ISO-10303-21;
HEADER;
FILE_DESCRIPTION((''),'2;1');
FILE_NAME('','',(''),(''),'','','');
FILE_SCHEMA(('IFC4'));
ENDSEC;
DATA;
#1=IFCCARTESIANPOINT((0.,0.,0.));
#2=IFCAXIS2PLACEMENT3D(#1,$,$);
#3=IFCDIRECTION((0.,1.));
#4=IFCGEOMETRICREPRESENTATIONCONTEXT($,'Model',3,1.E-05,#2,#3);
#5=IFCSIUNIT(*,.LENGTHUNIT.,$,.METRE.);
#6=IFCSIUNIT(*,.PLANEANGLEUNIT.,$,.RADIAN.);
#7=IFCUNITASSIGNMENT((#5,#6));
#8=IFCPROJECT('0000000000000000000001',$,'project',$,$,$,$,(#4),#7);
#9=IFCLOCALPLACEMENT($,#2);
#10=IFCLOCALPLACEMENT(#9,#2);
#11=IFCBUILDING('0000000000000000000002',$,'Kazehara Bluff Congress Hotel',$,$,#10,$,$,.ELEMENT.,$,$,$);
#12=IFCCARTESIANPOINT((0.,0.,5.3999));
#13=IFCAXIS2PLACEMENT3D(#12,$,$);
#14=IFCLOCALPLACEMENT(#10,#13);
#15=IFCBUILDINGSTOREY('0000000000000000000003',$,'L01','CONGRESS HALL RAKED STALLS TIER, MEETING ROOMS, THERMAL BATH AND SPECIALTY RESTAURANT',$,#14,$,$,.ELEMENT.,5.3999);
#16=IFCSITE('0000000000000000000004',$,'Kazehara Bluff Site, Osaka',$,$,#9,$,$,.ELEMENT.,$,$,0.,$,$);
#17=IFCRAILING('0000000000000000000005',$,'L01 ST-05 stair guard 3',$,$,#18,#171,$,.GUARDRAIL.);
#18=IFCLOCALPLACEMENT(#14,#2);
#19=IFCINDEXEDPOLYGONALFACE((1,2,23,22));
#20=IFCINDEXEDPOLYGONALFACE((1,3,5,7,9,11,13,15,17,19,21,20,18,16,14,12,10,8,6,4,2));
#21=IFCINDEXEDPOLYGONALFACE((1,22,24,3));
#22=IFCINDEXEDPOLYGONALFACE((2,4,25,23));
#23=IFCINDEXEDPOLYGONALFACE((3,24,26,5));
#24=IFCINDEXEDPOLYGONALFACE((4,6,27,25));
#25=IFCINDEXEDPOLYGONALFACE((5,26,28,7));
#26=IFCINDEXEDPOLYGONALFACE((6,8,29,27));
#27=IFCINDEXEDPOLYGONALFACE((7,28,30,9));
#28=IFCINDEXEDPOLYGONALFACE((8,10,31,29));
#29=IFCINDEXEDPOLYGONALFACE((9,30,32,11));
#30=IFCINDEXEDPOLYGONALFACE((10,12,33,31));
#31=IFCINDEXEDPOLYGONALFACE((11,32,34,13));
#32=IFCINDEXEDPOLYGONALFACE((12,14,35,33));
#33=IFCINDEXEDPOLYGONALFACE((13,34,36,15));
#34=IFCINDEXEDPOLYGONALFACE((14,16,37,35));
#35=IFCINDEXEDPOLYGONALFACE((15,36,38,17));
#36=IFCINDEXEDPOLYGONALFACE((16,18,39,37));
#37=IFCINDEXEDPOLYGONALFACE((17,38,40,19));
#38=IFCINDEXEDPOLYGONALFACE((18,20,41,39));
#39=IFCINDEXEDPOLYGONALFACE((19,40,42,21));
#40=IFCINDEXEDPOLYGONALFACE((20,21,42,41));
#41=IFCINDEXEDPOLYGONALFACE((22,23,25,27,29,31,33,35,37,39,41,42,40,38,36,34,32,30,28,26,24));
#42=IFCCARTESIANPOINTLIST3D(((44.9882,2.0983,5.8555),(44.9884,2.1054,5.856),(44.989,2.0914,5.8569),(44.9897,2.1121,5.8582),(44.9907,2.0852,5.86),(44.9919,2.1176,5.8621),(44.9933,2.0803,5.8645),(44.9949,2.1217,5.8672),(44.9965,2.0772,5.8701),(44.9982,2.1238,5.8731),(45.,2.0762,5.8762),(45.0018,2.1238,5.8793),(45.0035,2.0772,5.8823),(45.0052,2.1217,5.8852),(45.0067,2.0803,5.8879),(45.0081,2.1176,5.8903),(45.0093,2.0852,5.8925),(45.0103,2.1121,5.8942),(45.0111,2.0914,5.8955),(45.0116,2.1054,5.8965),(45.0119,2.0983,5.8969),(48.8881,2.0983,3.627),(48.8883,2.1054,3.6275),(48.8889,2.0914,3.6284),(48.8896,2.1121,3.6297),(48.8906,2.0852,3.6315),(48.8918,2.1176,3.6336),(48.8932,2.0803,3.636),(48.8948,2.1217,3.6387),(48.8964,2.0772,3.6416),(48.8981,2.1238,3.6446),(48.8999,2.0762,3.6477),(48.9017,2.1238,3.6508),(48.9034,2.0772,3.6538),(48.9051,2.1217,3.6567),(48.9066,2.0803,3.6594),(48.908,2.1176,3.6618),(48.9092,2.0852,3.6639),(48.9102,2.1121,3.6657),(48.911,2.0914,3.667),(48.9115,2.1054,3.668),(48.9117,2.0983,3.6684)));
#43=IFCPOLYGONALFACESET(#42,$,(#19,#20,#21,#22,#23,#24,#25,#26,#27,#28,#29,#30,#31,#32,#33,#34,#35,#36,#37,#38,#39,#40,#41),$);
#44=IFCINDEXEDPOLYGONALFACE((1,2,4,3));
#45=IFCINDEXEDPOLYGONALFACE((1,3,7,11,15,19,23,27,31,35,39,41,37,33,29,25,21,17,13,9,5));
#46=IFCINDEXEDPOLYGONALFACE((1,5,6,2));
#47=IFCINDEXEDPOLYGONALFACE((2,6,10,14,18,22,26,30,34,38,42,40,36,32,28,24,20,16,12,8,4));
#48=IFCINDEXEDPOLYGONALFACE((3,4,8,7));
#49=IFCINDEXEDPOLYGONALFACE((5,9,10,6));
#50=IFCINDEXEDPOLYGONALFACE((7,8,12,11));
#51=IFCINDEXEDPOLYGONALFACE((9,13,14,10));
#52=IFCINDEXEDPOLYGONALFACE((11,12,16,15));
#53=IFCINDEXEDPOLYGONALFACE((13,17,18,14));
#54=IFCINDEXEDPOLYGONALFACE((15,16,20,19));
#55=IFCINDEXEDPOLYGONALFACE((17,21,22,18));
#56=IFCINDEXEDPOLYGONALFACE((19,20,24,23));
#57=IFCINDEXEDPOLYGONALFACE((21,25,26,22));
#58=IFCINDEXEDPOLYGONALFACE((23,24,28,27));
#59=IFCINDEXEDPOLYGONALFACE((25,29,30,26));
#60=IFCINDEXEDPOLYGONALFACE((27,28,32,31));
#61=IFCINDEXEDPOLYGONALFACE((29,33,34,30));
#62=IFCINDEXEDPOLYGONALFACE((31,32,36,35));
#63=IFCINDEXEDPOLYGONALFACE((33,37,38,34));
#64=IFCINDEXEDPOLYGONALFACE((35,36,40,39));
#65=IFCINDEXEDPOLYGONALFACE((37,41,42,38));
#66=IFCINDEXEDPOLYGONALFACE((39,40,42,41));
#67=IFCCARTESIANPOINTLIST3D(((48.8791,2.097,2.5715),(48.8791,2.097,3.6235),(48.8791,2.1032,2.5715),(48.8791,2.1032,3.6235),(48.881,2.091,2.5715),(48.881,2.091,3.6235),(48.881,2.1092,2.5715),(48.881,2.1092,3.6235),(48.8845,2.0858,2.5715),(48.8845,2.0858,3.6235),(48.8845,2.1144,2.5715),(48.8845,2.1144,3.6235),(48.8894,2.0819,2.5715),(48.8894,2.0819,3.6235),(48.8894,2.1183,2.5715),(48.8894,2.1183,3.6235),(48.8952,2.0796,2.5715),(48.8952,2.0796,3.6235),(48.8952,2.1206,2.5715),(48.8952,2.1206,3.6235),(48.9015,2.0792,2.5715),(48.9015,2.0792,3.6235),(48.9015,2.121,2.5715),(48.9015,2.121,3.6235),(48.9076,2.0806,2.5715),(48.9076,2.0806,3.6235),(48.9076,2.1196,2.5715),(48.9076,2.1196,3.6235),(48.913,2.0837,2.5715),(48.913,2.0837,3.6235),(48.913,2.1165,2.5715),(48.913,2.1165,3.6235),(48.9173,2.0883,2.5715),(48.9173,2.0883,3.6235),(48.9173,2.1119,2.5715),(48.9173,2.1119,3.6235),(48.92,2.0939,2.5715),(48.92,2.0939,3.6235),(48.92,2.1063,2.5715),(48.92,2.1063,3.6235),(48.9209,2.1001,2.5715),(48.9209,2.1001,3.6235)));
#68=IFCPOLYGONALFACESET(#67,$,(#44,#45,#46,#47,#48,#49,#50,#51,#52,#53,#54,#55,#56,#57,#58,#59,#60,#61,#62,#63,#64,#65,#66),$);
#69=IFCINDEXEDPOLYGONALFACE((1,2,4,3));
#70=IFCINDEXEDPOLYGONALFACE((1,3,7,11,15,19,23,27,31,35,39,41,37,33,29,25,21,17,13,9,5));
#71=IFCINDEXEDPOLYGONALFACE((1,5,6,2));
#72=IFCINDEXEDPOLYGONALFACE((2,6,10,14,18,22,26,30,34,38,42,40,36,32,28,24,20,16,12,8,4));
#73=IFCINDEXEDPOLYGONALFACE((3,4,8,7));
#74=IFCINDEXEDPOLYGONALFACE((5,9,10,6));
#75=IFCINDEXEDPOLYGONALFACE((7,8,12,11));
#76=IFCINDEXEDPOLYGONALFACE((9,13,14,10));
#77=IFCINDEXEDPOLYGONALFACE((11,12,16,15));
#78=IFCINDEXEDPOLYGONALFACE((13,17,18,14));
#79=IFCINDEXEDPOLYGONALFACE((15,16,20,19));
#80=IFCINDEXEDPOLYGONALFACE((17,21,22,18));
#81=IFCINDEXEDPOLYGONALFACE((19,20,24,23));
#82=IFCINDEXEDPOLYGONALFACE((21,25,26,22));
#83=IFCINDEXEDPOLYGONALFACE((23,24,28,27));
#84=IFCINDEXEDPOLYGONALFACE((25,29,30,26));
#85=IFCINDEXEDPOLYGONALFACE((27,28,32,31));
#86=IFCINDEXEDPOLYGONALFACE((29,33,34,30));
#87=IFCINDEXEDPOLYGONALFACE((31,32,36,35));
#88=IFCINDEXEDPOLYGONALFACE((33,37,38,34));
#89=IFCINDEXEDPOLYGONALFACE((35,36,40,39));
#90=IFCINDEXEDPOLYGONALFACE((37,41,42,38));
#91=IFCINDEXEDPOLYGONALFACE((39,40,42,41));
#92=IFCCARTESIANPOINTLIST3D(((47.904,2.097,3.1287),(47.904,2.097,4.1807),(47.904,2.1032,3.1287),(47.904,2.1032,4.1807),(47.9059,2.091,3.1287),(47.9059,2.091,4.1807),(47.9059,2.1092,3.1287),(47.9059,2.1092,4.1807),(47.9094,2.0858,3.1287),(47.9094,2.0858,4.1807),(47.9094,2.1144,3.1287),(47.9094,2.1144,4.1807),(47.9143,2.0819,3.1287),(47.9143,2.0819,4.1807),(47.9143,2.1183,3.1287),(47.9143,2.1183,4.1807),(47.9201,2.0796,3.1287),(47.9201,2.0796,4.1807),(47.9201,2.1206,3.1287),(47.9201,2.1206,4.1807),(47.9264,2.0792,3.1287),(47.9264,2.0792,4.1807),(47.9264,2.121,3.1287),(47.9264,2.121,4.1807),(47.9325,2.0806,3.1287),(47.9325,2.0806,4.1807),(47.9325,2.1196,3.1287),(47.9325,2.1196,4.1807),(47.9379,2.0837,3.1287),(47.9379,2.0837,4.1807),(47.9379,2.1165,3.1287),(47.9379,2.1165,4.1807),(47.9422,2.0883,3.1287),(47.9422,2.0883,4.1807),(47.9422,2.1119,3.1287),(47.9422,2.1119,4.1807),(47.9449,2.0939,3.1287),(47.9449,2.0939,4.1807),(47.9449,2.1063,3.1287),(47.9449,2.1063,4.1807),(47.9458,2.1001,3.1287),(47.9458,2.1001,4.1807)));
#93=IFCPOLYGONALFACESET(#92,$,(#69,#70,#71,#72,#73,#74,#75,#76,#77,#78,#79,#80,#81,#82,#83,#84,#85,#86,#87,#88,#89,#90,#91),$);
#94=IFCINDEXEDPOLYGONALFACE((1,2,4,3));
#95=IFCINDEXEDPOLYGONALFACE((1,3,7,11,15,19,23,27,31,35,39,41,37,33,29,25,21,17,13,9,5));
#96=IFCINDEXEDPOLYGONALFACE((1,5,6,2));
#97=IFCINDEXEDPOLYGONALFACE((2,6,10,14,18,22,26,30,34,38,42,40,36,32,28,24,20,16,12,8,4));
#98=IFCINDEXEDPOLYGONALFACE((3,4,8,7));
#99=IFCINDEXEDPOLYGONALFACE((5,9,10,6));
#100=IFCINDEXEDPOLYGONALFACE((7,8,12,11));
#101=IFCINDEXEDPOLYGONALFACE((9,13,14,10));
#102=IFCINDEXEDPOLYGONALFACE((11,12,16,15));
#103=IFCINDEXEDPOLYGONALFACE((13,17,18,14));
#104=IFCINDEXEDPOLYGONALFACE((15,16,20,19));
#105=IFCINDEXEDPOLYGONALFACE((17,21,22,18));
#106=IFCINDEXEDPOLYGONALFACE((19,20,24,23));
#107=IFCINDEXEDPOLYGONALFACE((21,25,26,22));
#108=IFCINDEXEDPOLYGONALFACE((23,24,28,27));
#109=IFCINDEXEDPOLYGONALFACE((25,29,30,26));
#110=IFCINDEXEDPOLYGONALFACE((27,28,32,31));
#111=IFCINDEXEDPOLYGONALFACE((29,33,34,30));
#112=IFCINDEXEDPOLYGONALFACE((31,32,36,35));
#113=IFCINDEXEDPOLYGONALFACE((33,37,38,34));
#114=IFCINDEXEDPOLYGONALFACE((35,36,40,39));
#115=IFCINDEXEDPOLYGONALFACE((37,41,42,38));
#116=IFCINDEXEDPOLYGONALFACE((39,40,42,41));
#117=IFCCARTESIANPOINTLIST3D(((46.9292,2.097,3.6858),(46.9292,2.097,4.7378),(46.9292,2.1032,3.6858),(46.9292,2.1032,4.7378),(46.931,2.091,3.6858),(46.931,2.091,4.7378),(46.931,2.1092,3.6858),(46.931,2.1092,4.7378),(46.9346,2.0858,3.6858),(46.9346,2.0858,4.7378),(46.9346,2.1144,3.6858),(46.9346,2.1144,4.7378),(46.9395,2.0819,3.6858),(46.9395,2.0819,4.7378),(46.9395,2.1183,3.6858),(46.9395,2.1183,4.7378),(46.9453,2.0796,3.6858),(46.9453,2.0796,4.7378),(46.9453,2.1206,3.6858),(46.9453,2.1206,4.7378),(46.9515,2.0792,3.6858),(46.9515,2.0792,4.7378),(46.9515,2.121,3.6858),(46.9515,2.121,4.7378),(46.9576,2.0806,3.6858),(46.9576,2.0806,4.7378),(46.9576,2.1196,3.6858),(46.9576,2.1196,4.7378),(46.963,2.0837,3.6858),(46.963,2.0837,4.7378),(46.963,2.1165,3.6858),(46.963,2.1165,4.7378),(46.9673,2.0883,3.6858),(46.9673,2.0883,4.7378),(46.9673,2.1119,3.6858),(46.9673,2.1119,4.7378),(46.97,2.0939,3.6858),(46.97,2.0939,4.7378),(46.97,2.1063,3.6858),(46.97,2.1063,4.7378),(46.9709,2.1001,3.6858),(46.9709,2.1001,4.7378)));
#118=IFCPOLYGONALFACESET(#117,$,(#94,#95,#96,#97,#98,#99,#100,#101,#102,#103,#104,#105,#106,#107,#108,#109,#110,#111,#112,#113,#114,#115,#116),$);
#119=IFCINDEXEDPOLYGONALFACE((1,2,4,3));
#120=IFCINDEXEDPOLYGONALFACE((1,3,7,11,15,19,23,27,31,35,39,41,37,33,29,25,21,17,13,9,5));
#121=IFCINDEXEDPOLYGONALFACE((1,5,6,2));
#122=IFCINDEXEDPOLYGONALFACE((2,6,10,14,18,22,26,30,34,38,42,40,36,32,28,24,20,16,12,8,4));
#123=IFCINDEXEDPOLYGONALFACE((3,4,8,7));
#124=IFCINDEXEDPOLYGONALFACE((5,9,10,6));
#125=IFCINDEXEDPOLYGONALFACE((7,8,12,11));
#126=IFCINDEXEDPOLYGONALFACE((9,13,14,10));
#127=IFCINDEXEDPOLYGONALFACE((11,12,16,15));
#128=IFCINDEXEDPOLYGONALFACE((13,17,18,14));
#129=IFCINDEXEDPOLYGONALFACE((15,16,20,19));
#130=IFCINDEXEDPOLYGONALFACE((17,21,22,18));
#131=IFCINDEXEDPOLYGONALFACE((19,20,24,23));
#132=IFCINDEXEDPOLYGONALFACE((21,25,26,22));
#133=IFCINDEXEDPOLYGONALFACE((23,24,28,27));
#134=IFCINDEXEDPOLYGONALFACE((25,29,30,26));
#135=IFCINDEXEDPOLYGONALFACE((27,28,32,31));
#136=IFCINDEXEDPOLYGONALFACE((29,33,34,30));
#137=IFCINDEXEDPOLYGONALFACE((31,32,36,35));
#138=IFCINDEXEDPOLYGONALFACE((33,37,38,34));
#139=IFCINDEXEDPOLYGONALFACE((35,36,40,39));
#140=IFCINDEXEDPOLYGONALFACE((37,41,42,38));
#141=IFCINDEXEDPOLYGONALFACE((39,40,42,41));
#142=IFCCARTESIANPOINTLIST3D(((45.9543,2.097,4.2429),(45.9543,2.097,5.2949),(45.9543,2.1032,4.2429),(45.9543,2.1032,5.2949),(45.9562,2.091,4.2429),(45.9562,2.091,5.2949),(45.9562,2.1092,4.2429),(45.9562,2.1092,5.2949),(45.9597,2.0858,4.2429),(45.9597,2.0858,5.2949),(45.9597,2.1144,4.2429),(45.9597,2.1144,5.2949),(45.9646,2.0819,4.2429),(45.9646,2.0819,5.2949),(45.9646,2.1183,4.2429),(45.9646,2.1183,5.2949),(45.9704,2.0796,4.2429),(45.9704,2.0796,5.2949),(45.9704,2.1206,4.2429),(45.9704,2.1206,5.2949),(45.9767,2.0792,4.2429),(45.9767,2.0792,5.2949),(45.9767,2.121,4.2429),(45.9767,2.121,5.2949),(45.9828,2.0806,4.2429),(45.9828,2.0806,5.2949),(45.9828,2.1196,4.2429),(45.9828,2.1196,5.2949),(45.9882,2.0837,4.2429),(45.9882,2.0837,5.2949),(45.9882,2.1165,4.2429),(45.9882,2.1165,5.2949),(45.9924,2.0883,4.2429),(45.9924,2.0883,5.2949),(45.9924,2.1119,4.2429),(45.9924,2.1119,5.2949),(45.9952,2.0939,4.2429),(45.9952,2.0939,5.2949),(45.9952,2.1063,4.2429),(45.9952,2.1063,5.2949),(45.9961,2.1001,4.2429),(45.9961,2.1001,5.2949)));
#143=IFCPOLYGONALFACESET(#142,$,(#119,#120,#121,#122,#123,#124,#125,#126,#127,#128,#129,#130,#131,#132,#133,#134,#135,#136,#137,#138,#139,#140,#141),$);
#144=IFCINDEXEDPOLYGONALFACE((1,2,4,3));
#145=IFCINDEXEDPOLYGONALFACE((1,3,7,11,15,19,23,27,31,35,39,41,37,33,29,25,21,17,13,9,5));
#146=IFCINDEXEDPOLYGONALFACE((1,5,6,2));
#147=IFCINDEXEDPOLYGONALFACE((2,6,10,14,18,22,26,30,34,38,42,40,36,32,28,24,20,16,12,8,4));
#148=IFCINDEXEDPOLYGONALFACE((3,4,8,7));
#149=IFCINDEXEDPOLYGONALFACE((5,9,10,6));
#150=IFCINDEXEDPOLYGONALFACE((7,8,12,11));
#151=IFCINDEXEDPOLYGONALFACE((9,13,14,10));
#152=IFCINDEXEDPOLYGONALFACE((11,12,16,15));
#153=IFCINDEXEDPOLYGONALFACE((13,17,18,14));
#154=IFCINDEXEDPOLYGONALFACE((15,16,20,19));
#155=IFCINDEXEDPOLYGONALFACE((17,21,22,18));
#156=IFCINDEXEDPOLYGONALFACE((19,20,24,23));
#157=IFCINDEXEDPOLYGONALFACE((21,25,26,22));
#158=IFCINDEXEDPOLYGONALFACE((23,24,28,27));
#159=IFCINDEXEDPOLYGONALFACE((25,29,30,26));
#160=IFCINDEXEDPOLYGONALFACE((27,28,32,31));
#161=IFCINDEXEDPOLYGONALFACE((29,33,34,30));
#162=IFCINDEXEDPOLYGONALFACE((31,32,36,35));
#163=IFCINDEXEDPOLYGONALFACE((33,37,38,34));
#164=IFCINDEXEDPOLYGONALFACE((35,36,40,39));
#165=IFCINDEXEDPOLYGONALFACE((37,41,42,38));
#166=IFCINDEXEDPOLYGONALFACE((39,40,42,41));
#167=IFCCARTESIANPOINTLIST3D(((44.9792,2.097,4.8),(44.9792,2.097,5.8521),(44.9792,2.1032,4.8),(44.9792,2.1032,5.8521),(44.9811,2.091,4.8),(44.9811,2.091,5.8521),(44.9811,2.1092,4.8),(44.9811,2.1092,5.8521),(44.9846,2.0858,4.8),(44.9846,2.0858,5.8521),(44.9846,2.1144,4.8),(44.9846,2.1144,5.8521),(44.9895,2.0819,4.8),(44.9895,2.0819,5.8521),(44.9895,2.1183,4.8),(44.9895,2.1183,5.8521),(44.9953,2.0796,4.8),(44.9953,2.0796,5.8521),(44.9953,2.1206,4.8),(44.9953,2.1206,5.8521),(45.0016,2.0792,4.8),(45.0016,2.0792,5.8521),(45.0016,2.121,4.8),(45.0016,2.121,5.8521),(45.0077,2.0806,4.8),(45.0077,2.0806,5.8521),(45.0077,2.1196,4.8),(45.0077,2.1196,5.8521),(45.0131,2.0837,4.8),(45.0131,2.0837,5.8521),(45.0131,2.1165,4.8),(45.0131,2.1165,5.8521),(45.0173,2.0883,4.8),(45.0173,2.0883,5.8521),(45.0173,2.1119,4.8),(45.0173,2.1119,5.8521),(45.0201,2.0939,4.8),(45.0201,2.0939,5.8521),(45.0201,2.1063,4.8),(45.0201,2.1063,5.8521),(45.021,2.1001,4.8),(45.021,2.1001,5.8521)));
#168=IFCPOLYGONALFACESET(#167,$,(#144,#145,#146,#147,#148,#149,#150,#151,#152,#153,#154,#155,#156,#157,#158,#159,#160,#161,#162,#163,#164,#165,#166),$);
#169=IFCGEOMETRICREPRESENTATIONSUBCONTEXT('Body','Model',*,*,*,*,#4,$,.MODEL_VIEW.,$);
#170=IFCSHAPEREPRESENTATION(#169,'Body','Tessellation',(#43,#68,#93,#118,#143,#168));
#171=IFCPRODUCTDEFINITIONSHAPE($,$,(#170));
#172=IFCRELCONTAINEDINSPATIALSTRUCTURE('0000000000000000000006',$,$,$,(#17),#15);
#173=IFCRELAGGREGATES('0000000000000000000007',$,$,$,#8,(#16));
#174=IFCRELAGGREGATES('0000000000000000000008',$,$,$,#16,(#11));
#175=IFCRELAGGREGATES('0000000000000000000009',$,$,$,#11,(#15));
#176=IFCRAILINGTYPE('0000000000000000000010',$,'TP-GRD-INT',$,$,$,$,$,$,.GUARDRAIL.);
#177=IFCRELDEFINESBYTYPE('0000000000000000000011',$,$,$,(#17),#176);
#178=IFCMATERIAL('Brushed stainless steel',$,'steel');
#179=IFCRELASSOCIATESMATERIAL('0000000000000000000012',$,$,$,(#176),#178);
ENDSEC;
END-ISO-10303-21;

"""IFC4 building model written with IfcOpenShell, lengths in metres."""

from ifc_helpers import new_model, si_unit, direction, frame, origin, origin_2d, place, context, subcontext, project, spatial, circle, extrude, material, type_object, element, save


model = new_model("IFC4")

# Units and contexts
model_context = context("Model", 3, precision=1e-05, world=origin(), true_north=direction((0.0, 1.0)))
body_context = subcontext(model_context, "Body", "Model", "MODEL_VIEW")
ifc_project = project(units=[si_unit("LENGTHUNIT", "METRE"), si_unit("PLANEANGLEUNIT", "RADIAN")], contexts=[model_context])

# Site, building, storey
site_placement = place(None, origin())
site = spatial("IfcSite", under=ifc_project, at=site_placement, Name="Kazehara Bluff Site, Osaka", CompositionType="ELEMENT", RefElevation=0.0)
building_placement = place(site_placement, origin())
building = spatial("IfcBuilding", under=site, at=building_placement, Name="Kazehara Bluff Congress Hotel", CompositionType="ELEMENT")
storey_placement = place(building_placement, frame((0.0, 0.0, 5.3999)))
storey = spatial("IfcBuildingStorey", under=building, at=storey_placement, Name="L01", Description="CONGRESS HALL RAKED STALLS TIER, MEETING ROOMS, THERMAL BATH AND SPECIALTY RESTAURANT", CompositionType="ELEMENT", Elevation=5.3999)

# Railing
ifc_material_1 = material(Name="Brushed stainless steel", Category="steel")
railing_type_1 = type_object("IfcRailingType", Name="TP-GRD-INT", PredefinedType="GUARDRAIL", material=ifc_material_1)
railing_1_placement = place(storey_placement, frame((48.8999, 2.1001, 2.5715)))
element("IfcRailing", 1, at=railing_1_placement, inside=storey, type_object=railing_type_1, Name="L01 ST-05 stair guard 3", PredefinedType="GUARDRAIL", context=body_context, shape_type="SweptSolid", body=[
    extrude(circle(Radius=0.0239, at=origin_2d()), frame((0.0, 0.0, 1.0762), z_axis=(-0.868243, 0.0, 0.496139), x_axis=(0.0, -1.0, 0.0)), (0.0, 0.0, 1.0), 4.4917),
    extrude(circle(Radius=0.021, at=origin_2d()), origin(), (0.0, 0.0, 1.0), 1.052),
    extrude(circle(Radius=0.021, at=origin_2d()), frame((-0.9751, 0.0, 0.5571)), (0.0, 0.0, 1.0), 1.052),
    extrude(circle(Radius=0.021, at=origin_2d()), frame((-1.95, 0.0, 1.1143)), (0.0, 0.0, 1.0), 1.052),
    extrude(circle(Radius=0.021, at=origin_2d()), frame((-2.9248, 0.0, 1.6714)), (0.0, 0.0, 1.0), 1.052),
    extrude(circle(Radius=0.021, at=origin_2d()), frame((-3.8999, 0.0, 2.2285)), (0.0, 0.0, 1.0), 1.052),
])

save(model, "model.ifc")
